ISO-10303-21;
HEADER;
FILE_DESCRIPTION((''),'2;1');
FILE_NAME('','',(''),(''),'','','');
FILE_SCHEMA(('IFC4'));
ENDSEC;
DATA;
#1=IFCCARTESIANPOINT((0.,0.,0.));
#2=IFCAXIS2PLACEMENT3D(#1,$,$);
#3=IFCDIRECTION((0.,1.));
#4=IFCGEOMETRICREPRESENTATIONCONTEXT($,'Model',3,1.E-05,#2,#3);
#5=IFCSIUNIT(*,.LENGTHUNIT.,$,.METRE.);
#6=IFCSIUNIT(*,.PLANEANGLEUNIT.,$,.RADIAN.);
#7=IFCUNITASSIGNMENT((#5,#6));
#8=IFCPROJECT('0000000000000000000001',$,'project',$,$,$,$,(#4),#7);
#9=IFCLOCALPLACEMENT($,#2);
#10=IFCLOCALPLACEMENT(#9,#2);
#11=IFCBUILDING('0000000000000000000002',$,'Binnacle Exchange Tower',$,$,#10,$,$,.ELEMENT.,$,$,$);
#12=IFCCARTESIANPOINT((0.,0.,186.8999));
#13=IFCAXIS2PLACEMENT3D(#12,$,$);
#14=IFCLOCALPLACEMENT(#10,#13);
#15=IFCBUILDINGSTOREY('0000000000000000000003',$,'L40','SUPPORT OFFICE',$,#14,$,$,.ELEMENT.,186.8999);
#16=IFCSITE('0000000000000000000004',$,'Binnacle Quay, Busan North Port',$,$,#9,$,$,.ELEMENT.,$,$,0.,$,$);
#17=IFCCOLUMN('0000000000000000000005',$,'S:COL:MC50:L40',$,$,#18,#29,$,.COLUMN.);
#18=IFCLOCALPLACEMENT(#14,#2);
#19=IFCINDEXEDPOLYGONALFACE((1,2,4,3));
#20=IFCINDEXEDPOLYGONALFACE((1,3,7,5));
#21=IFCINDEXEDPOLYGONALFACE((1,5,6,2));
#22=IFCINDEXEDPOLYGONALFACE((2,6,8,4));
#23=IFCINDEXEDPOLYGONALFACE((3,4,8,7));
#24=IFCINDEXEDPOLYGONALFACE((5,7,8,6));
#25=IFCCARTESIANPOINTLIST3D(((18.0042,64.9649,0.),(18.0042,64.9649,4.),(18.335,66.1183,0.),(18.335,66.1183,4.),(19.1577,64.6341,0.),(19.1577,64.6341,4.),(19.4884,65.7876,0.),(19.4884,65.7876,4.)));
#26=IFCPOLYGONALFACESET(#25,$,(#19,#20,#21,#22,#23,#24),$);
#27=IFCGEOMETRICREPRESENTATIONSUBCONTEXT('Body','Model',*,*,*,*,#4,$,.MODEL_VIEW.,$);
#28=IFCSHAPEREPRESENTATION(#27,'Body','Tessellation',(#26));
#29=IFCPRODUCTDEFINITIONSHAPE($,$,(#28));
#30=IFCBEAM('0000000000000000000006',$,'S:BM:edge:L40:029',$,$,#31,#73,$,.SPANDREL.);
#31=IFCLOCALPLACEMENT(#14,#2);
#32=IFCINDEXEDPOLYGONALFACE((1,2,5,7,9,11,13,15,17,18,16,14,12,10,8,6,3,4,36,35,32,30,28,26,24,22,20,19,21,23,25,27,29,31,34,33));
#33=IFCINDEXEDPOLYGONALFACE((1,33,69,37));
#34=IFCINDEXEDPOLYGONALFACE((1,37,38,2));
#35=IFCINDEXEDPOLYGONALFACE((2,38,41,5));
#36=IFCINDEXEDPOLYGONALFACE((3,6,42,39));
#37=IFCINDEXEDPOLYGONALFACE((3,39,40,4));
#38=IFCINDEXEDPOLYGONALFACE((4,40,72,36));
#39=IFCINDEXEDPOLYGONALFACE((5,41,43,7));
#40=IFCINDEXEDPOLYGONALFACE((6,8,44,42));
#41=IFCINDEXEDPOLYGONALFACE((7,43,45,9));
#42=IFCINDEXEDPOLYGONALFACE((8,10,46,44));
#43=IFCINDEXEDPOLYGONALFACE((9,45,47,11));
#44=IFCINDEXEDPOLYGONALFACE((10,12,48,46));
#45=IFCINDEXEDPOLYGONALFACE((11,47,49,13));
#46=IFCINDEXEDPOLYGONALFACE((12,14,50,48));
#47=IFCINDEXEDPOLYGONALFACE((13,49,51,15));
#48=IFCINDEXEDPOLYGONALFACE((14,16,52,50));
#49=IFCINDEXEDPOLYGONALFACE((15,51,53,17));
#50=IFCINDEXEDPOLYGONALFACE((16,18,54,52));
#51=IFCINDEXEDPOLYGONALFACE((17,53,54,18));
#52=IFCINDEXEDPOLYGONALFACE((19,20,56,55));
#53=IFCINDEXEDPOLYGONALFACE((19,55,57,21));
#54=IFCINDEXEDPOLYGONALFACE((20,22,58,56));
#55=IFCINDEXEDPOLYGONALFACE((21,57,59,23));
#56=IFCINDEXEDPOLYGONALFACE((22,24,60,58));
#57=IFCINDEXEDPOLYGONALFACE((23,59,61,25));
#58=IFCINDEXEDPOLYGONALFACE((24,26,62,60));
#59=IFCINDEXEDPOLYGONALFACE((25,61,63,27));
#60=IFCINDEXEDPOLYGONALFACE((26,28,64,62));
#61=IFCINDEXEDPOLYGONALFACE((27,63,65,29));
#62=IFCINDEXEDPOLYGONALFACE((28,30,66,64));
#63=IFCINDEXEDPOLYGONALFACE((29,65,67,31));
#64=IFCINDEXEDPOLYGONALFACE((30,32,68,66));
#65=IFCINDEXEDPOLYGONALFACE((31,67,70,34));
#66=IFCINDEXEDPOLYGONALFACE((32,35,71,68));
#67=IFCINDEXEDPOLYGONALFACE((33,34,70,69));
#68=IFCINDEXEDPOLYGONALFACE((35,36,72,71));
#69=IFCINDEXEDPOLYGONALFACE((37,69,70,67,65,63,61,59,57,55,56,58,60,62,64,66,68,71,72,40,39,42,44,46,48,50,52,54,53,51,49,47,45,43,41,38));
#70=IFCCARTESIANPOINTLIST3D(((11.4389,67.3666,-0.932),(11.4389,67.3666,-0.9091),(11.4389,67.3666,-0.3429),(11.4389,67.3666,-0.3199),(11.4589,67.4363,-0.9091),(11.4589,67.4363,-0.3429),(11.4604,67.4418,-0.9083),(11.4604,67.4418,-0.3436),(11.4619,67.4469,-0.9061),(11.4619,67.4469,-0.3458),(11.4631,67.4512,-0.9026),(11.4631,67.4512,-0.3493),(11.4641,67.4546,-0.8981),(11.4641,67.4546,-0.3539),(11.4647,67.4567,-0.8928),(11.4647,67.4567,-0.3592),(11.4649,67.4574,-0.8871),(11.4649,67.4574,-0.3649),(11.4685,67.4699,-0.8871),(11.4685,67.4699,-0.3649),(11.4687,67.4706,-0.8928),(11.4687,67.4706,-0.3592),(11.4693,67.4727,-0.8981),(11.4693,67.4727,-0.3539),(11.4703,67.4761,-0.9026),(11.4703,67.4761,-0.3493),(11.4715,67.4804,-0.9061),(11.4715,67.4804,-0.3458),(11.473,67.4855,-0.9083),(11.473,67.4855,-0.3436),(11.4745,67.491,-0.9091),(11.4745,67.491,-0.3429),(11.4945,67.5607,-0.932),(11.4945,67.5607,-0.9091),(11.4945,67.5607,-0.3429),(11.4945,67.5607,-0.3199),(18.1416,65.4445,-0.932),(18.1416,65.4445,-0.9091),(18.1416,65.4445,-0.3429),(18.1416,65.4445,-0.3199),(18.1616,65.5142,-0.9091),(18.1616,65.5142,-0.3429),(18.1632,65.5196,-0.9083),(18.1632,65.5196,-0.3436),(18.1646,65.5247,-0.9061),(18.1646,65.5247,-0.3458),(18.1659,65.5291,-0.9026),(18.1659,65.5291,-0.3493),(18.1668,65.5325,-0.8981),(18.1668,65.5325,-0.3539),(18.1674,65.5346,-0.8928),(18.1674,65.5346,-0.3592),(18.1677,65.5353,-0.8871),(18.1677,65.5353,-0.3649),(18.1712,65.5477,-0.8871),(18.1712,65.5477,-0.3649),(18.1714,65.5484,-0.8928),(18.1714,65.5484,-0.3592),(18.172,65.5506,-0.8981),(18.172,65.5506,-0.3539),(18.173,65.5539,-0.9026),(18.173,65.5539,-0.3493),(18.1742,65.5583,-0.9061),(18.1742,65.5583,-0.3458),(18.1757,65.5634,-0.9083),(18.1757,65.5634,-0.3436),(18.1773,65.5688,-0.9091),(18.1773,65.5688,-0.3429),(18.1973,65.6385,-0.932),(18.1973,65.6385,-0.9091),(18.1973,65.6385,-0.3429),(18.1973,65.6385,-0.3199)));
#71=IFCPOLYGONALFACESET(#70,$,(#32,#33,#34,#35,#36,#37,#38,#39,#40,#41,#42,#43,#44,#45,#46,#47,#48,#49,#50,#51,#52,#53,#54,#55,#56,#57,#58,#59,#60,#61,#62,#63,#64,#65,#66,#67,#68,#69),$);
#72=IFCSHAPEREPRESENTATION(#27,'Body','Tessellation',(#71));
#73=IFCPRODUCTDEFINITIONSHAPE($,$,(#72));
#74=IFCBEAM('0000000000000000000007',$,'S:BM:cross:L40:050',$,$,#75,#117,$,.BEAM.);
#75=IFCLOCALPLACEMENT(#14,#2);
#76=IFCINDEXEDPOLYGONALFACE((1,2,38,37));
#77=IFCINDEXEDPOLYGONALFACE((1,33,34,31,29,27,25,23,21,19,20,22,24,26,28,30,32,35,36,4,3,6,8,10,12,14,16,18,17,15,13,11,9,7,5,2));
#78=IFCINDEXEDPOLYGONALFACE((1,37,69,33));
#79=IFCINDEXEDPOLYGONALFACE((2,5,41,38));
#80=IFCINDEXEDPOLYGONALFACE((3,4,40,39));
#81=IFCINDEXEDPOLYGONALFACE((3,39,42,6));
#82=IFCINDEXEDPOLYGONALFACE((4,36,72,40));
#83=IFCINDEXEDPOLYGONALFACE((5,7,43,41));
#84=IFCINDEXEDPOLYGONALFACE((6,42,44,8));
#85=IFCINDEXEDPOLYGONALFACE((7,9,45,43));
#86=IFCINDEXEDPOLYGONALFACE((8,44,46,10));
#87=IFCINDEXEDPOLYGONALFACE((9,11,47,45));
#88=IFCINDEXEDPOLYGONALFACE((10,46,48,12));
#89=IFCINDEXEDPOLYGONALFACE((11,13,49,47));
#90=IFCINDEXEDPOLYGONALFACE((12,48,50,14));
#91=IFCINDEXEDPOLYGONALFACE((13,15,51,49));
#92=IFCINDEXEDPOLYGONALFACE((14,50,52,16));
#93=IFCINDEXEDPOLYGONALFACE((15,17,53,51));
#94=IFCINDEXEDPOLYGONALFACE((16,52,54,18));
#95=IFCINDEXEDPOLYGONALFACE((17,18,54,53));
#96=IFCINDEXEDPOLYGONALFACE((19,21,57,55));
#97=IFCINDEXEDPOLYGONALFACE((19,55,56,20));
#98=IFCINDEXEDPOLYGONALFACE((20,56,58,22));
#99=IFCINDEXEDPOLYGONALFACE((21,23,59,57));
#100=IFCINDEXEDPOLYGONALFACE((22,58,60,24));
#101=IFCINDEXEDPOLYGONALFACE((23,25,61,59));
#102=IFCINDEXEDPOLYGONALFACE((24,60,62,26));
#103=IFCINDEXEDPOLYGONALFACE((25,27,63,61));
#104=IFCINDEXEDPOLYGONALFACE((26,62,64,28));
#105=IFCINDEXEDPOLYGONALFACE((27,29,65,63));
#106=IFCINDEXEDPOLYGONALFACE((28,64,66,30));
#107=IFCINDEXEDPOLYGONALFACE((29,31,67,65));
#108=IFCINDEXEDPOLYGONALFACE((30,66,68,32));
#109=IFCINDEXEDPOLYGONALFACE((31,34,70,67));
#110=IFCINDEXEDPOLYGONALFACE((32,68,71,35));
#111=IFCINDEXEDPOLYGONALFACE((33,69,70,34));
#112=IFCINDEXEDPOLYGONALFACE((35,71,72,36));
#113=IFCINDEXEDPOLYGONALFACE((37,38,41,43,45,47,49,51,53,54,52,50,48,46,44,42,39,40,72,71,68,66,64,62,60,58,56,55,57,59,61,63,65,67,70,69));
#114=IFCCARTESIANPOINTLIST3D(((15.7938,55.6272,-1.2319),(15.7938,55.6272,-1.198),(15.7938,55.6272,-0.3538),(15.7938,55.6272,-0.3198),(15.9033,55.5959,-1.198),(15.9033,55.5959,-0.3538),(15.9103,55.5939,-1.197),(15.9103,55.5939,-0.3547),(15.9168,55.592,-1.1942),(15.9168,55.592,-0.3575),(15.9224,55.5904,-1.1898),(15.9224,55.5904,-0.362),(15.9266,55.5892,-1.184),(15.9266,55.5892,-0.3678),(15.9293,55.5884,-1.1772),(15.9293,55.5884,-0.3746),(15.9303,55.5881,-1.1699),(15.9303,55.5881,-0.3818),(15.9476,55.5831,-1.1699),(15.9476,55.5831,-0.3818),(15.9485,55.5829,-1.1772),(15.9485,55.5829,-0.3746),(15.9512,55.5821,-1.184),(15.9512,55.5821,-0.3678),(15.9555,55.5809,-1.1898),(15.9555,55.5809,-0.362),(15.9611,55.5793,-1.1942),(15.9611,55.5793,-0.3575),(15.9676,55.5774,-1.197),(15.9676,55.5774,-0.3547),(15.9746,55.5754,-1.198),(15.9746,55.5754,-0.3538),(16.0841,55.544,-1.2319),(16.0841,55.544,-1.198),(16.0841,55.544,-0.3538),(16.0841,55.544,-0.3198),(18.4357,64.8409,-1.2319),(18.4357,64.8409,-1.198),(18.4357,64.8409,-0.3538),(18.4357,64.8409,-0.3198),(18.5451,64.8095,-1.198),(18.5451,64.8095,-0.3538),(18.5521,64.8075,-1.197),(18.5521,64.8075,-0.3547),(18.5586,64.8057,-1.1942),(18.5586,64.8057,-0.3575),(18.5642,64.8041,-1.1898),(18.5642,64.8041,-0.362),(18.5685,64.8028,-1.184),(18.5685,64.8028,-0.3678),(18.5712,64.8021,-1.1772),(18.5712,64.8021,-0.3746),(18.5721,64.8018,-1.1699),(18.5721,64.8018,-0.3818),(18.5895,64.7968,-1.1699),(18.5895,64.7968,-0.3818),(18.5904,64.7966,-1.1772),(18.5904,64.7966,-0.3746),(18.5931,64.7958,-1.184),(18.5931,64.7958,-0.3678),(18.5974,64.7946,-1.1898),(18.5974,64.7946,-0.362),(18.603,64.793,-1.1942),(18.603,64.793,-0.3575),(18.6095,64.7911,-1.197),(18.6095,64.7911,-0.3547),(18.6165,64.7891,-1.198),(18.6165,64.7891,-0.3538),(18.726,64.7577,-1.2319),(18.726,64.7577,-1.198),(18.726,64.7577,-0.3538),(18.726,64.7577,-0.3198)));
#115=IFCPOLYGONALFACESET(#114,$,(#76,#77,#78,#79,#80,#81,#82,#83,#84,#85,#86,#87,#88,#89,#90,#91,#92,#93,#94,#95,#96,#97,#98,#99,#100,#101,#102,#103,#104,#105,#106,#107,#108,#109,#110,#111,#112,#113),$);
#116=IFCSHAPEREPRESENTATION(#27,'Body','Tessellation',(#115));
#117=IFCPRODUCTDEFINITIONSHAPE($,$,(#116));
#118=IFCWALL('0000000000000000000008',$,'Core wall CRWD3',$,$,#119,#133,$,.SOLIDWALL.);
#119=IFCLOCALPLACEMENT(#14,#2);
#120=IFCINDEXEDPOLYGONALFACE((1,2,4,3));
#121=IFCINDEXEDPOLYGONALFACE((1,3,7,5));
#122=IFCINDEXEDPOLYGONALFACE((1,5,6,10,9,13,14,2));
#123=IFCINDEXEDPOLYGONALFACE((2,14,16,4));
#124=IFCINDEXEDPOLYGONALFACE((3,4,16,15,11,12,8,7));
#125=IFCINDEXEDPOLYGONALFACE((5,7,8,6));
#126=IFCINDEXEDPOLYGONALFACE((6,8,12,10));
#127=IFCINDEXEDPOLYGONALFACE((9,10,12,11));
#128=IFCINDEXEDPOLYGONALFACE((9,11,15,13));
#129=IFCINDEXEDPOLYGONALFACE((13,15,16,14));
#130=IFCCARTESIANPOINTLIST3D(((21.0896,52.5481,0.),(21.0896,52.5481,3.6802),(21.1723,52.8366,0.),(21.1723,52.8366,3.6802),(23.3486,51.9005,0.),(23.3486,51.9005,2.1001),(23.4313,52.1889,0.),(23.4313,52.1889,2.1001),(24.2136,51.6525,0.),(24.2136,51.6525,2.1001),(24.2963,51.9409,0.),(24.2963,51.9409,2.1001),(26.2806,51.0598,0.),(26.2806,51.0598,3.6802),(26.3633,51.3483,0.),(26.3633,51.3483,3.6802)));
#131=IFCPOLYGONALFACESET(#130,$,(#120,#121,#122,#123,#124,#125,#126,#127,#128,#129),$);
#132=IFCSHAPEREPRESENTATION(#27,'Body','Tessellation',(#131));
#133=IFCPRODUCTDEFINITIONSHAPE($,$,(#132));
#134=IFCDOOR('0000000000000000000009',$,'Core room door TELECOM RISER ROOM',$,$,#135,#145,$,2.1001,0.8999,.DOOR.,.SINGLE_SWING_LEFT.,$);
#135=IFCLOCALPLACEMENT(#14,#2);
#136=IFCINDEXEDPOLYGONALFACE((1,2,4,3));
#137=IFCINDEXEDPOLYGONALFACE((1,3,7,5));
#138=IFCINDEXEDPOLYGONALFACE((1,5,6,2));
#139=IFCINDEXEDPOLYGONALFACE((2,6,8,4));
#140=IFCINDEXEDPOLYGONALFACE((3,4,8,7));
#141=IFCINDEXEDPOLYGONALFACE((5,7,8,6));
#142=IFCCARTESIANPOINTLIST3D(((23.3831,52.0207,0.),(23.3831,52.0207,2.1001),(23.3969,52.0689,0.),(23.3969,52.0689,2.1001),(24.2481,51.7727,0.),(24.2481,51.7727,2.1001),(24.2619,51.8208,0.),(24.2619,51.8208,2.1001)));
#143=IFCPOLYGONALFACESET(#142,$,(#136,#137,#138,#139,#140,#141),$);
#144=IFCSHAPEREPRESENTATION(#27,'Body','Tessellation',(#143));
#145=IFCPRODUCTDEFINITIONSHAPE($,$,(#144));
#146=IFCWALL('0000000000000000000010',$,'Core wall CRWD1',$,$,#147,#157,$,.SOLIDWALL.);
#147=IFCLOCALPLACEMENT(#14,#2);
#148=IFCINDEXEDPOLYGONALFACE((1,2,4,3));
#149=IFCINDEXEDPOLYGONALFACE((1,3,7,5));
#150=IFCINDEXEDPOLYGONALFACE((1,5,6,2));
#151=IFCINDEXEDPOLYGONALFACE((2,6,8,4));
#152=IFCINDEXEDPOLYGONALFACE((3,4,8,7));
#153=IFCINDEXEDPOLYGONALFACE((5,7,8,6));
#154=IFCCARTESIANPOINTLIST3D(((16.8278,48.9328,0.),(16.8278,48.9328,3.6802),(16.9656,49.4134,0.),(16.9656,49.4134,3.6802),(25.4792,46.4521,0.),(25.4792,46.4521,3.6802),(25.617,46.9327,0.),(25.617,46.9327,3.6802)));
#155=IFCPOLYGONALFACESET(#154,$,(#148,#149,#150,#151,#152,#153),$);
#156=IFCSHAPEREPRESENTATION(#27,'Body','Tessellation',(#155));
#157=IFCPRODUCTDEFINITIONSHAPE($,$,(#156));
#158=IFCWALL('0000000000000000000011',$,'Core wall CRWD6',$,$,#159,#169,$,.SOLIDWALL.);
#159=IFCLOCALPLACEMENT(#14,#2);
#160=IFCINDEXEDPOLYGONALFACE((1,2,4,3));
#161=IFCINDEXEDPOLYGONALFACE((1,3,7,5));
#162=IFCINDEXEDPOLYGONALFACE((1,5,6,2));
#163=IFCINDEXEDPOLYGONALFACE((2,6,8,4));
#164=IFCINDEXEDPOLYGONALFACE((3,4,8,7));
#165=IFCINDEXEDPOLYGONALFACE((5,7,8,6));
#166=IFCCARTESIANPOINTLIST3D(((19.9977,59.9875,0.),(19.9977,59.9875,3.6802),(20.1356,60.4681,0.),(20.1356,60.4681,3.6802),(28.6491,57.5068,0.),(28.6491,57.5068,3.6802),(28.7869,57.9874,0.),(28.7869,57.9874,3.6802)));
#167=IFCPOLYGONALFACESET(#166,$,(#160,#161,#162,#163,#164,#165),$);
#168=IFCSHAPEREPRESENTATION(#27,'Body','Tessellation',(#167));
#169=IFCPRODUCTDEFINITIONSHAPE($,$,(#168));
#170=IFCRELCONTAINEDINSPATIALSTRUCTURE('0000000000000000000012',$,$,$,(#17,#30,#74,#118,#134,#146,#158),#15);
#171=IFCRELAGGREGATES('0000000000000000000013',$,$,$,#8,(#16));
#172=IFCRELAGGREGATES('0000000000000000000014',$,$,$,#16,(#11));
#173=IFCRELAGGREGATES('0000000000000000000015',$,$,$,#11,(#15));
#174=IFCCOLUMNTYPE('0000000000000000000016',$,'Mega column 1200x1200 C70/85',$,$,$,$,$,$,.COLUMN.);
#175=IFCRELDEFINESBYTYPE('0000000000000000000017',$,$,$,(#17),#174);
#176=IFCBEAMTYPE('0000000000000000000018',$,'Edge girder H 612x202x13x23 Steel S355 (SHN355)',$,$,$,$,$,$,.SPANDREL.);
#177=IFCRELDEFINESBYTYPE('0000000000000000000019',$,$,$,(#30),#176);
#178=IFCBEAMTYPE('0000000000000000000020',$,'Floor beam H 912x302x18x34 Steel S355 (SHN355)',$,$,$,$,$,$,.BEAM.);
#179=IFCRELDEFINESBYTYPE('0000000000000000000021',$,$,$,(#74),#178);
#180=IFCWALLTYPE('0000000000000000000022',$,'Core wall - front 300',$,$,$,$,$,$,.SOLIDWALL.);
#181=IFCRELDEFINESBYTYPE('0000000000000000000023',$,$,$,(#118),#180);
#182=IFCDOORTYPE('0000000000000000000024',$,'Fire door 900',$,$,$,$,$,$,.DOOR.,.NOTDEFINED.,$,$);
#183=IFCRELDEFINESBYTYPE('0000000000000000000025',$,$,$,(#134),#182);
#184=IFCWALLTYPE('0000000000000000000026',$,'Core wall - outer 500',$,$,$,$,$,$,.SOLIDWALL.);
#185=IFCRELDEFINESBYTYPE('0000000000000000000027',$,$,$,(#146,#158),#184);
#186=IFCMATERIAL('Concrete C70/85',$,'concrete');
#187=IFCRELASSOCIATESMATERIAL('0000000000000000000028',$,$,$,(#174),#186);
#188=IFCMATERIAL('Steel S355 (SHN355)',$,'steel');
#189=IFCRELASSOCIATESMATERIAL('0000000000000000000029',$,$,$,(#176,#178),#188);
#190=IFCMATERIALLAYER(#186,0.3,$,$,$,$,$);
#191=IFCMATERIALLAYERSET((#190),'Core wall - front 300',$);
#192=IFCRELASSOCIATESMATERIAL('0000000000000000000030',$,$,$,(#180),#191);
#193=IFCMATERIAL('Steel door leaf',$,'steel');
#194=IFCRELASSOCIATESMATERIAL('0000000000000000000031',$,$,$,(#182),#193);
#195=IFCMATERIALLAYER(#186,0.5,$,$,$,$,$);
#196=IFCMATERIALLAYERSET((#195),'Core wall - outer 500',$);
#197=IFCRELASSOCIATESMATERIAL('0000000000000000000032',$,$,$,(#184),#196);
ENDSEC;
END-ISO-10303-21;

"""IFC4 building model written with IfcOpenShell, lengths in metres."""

from ifc_helpers import new_model, si_unit, direction, frame, frame_2d, origin, origin_2d, place, context, subcontext, project, spatial, rectangle, i_section, extrude, material, layer, layer_set, material_profile, profile_set, type_object, element, fill, save


model = new_model("IFC4")

# Units and contexts
model_context = context("Model", 3, precision=1e-05, world=origin(), true_north=direction((0.0, 1.0)))
body_context = subcontext(model_context, "Body", "Model", "MODEL_VIEW")
ifc_project = project(units=[si_unit("LENGTHUNIT", "METRE"), si_unit("PLANEANGLEUNIT", "RADIAN")], contexts=[model_context])

# Site, building, storey
site_placement = place(None, origin())
site = spatial("IfcSite", under=ifc_project, at=site_placement, Name="Binnacle Quay, Busan North Port", CompositionType="ELEMENT", RefElevation=0.0)
building_placement = place(site_placement, origin())
building = spatial("IfcBuilding", under=site, at=building_placement, Name="Binnacle Exchange Tower", CompositionType="ELEMENT")
storey_placement = place(building_placement, frame((0.0, 0.0, 186.8999)))
storey = spatial("IfcBuildingStorey", under=building, at=storey_placement, Name="L40", Description="SUPPORT OFFICE", CompositionType="ELEMENT", Elevation=186.8999)

# Column
ifc_material_1 = material(Name="Concrete C70/85", Category="concrete")
ifc_material_profile_1 = material_profile(ifc_material_1, rectangle(XDim=1.2, YDim=1.2, at=origin_2d()), Name="Mega column 1200x1200 C70/85")
ifc_profile_set_1 = profile_set([ifc_material_profile_1], Name="Concrete C70/85")
column_type = type_object("IfcColumnType", Name="Mega column 1200x1200 C70/85", PredefinedType="COLUMN", material=ifc_profile_set_1)
column_placement = place(storey_placement, frame((18.7463, 65.3762, 0.0), z_axis=(0.0, 0.0, 1.0), x_axis=(-0.961262, 0.275637, 0.0)))
element("IfcColumn", 1, at=column_placement, inside=storey, type_object=column_type, Name="S:COL:MC50:L40", PredefinedType="COLUMN", context=body_context, shape_type="SweptSolid", body=[
    extrude(rectangle(XDim=1.2, YDim=1.2, at=origin_2d()), origin(), (0.0, 0.0, 1.0), 4.0),
])

# Beams
ifc_material_2 = material(Name="Steel S355 (SHN355)", Category="steel")
ifc_material_profile_2 = material_profile(ifc_material_2, i_section(OverallWidth=0.2019, OverallDepth=0.6121, WebThickness=0.0129, FlangeThickness=0.0229, FilletRadius=0.022, at=origin_2d()), Name="H 612x202x13x23")
ifc_profile_set_2 = profile_set([ifc_material_profile_2], Name="Steel S355 (SHN355)")
beam_type_1 = type_object("IfcBeamType", Name="Edge girder H 612x202x13x23 Steel S355 (SHN355)", PredefinedType="SPANDREL", material=ifc_profile_set_2)
beam_1_placement = place(storey_placement, frame((18.1694, 65.5415, -0.626), z_axis=(-0.961255, 0.27566, 0.0), x_axis=(-0.27566, -0.961255, 0.0)))
element("IfcBeam", 2, at=beam_1_placement, inside=storey, type_object=beam_type_1, Name="S:BM:edge:L40:029", PredefinedType="SPANDREL", context=body_context, shape_type="SweptSolid", body=[
    extrude(i_section(OverallWidth=0.2019, OverallDepth=0.6121, WebThickness=0.0129, FlangeThickness=0.0229, FilletRadius=0.022, at=origin_2d()), origin(), (0.0, 0.0, 1.0), 6.9729),
])
ifc_material_profile_3 = material_profile(ifc_material_2, i_section(OverallWidth=0.302, OverallDepth=0.9121, WebThickness=0.0181, FlangeThickness=0.0339, FilletRadius=0.0281, at=origin_2d()), Name="H 912x302x18x34")
ifc_profile_set_3 = profile_set([ifc_material_profile_3], Name="Steel S355 (SHN355)")
beam_type_2 = type_object("IfcBeamType", Name="Floor beam H 912x302x18x34 Steel S355 (SHN355)", PredefinedType="BEAM", material=ifc_profile_set_3)
beam_2_placement = place(storey_placement, frame((18.5808, 64.7993, -0.7759), z_axis=(-0.275626, -0.961265, 0.0), x_axis=(0.961265, -0.275626, 0.0)))
element("IfcBeam", 3, at=beam_2_placement, inside=storey, type_object=beam_type_2, Name="S:BM:cross:L40:050", PredefinedType="BEAM", context=body_context, shape_type="SweptSolid", body=[
    extrude(i_section(OverallWidth=0.302, OverallDepth=0.9121, WebThickness=0.0181, FlangeThickness=0.0339, FilletRadius=0.0281, at=origin_2d()), origin(), (0.0, 0.0, 1.0), 9.585),
])

# Wall, opening, door
ifc_layer_1 = layer(ifc_material_1, 0.3)
ifc_layer_set_1 = layer_set([ifc_layer_1], Name="Core wall - front 300")
wall_type_1 = type_object("IfcWallType", Name="Core wall - front 300", PredefinedType="SOLIDWALL", material=ifc_layer_set_1)
wall_1_placement = place(storey_placement, frame((21.1309, 52.6924, 0.0), z_axis=(0.0, 0.0, 1.0), x_axis=(0.961271, -0.275605, 0.0)))
wall_1 = element("IfcWall", 4, at=wall_1_placement, inside=storey, type_object=wall_type_1, Name="Core wall CRWD3", PredefinedType="SOLIDWALL", context=body_context, shape_type="SweptSolid", body=[
    extrude(rectangle(XDim=5.4001, YDim=0.3, at=frame_2d((2.7002, 0.0))), origin(), (0.0, 0.0, 1.0), 3.6802),
])
opening_1_placement = place(wall_1_placement, frame((2.3501, 0.0, 0.0)))
opening_1 = element("IfcOpeningElement", 5, at=opening_1_placement, cuts=wall_1, PredefinedType="OPENING", context=body_context, shape_type="SweptSolid", body=[
    extrude(rectangle(XDim=0.8999, YDim=2.1001, at=frame_2d((0.45, 1.05))), frame((0.0, 0.1599, 0.0), z_axis=(0.0, -1.0, 0.0), x_axis=(1.0, 0.0, 0.0)), (0.0, 0.0, 1.0), 0.3201),
])
ifc_material_3 = material(Name="Steel door leaf", Category="steel")
door_type_1 = type_object("IfcDoorType", Name="Fire door 900", OperationType="NOTDEFINED", PredefinedType="DOOR", material=ifc_material_3)
door_1_placement = place(opening_1_placement, frame((0.8999, 0.0, 0.0), z_axis=(0.0, 0.0, 1.0), x_axis=(-1.0, 0.0, 0.0)))
door_1 = element("IfcDoor", 6, at=door_1_placement, inside=storey, type_object=door_type_1, Name="Core room door TELECOM RISER ROOM", OperationType="SINGLE_SWING_LEFT", OverallHeight=2.1001, OverallWidth=0.8999, PredefinedType="DOOR", context=body_context, shape_type="SweptSolid", body=[
    extrude(rectangle(XDim=0.8999, YDim=2.1001, at=frame_2d((0.45, 1.05))), frame((0.0, 0.0249, 0.0), z_axis=(0.0, -1.0, 0.0), x_axis=(1.0, 0.0, 0.0)), (0.0, 0.0, 1.0), 0.05),
])
fill(opening_1, door_1)

# Walls
ifc_layer_2 = layer(ifc_material_1, 0.5)
ifc_layer_set_2 = layer_set([ifc_layer_2], Name="Core wall - outer 500")
wall_type_2 = type_object("IfcWallType", Name="Core wall - outer 500", PredefinedType="SOLIDWALL", material=ifc_layer_set_2)
for number, where, z_axis, x_axis, name in (
    (7, (16.8967, 49.1731, 0.0), (0.0, 0.0, 1.0), (0.961262, -0.275635, 0.0), "Core wall CRWD1"),
    (8, (20.0667, 60.2278, 0.0), (0.0, 0.0, 1.0), (0.961262, -0.275635, 0.0), "Core wall CRWD6"),
):
    element("IfcWall", number, at=place(storey_placement, frame(where, z_axis=z_axis, x_axis=x_axis)), inside=storey, type_object=wall_type_2, Name=name, PredefinedType="SOLIDWALL", context=body_context, shape_type="SweptSolid", body=[
        extrude(rectangle(XDim=9.0, YDim=0.5, at=frame_2d((4.5, 0.0))), origin(), (0.0, 0.0, 1.0), 3.6802),
    ])

save(model, "model.ifc")
